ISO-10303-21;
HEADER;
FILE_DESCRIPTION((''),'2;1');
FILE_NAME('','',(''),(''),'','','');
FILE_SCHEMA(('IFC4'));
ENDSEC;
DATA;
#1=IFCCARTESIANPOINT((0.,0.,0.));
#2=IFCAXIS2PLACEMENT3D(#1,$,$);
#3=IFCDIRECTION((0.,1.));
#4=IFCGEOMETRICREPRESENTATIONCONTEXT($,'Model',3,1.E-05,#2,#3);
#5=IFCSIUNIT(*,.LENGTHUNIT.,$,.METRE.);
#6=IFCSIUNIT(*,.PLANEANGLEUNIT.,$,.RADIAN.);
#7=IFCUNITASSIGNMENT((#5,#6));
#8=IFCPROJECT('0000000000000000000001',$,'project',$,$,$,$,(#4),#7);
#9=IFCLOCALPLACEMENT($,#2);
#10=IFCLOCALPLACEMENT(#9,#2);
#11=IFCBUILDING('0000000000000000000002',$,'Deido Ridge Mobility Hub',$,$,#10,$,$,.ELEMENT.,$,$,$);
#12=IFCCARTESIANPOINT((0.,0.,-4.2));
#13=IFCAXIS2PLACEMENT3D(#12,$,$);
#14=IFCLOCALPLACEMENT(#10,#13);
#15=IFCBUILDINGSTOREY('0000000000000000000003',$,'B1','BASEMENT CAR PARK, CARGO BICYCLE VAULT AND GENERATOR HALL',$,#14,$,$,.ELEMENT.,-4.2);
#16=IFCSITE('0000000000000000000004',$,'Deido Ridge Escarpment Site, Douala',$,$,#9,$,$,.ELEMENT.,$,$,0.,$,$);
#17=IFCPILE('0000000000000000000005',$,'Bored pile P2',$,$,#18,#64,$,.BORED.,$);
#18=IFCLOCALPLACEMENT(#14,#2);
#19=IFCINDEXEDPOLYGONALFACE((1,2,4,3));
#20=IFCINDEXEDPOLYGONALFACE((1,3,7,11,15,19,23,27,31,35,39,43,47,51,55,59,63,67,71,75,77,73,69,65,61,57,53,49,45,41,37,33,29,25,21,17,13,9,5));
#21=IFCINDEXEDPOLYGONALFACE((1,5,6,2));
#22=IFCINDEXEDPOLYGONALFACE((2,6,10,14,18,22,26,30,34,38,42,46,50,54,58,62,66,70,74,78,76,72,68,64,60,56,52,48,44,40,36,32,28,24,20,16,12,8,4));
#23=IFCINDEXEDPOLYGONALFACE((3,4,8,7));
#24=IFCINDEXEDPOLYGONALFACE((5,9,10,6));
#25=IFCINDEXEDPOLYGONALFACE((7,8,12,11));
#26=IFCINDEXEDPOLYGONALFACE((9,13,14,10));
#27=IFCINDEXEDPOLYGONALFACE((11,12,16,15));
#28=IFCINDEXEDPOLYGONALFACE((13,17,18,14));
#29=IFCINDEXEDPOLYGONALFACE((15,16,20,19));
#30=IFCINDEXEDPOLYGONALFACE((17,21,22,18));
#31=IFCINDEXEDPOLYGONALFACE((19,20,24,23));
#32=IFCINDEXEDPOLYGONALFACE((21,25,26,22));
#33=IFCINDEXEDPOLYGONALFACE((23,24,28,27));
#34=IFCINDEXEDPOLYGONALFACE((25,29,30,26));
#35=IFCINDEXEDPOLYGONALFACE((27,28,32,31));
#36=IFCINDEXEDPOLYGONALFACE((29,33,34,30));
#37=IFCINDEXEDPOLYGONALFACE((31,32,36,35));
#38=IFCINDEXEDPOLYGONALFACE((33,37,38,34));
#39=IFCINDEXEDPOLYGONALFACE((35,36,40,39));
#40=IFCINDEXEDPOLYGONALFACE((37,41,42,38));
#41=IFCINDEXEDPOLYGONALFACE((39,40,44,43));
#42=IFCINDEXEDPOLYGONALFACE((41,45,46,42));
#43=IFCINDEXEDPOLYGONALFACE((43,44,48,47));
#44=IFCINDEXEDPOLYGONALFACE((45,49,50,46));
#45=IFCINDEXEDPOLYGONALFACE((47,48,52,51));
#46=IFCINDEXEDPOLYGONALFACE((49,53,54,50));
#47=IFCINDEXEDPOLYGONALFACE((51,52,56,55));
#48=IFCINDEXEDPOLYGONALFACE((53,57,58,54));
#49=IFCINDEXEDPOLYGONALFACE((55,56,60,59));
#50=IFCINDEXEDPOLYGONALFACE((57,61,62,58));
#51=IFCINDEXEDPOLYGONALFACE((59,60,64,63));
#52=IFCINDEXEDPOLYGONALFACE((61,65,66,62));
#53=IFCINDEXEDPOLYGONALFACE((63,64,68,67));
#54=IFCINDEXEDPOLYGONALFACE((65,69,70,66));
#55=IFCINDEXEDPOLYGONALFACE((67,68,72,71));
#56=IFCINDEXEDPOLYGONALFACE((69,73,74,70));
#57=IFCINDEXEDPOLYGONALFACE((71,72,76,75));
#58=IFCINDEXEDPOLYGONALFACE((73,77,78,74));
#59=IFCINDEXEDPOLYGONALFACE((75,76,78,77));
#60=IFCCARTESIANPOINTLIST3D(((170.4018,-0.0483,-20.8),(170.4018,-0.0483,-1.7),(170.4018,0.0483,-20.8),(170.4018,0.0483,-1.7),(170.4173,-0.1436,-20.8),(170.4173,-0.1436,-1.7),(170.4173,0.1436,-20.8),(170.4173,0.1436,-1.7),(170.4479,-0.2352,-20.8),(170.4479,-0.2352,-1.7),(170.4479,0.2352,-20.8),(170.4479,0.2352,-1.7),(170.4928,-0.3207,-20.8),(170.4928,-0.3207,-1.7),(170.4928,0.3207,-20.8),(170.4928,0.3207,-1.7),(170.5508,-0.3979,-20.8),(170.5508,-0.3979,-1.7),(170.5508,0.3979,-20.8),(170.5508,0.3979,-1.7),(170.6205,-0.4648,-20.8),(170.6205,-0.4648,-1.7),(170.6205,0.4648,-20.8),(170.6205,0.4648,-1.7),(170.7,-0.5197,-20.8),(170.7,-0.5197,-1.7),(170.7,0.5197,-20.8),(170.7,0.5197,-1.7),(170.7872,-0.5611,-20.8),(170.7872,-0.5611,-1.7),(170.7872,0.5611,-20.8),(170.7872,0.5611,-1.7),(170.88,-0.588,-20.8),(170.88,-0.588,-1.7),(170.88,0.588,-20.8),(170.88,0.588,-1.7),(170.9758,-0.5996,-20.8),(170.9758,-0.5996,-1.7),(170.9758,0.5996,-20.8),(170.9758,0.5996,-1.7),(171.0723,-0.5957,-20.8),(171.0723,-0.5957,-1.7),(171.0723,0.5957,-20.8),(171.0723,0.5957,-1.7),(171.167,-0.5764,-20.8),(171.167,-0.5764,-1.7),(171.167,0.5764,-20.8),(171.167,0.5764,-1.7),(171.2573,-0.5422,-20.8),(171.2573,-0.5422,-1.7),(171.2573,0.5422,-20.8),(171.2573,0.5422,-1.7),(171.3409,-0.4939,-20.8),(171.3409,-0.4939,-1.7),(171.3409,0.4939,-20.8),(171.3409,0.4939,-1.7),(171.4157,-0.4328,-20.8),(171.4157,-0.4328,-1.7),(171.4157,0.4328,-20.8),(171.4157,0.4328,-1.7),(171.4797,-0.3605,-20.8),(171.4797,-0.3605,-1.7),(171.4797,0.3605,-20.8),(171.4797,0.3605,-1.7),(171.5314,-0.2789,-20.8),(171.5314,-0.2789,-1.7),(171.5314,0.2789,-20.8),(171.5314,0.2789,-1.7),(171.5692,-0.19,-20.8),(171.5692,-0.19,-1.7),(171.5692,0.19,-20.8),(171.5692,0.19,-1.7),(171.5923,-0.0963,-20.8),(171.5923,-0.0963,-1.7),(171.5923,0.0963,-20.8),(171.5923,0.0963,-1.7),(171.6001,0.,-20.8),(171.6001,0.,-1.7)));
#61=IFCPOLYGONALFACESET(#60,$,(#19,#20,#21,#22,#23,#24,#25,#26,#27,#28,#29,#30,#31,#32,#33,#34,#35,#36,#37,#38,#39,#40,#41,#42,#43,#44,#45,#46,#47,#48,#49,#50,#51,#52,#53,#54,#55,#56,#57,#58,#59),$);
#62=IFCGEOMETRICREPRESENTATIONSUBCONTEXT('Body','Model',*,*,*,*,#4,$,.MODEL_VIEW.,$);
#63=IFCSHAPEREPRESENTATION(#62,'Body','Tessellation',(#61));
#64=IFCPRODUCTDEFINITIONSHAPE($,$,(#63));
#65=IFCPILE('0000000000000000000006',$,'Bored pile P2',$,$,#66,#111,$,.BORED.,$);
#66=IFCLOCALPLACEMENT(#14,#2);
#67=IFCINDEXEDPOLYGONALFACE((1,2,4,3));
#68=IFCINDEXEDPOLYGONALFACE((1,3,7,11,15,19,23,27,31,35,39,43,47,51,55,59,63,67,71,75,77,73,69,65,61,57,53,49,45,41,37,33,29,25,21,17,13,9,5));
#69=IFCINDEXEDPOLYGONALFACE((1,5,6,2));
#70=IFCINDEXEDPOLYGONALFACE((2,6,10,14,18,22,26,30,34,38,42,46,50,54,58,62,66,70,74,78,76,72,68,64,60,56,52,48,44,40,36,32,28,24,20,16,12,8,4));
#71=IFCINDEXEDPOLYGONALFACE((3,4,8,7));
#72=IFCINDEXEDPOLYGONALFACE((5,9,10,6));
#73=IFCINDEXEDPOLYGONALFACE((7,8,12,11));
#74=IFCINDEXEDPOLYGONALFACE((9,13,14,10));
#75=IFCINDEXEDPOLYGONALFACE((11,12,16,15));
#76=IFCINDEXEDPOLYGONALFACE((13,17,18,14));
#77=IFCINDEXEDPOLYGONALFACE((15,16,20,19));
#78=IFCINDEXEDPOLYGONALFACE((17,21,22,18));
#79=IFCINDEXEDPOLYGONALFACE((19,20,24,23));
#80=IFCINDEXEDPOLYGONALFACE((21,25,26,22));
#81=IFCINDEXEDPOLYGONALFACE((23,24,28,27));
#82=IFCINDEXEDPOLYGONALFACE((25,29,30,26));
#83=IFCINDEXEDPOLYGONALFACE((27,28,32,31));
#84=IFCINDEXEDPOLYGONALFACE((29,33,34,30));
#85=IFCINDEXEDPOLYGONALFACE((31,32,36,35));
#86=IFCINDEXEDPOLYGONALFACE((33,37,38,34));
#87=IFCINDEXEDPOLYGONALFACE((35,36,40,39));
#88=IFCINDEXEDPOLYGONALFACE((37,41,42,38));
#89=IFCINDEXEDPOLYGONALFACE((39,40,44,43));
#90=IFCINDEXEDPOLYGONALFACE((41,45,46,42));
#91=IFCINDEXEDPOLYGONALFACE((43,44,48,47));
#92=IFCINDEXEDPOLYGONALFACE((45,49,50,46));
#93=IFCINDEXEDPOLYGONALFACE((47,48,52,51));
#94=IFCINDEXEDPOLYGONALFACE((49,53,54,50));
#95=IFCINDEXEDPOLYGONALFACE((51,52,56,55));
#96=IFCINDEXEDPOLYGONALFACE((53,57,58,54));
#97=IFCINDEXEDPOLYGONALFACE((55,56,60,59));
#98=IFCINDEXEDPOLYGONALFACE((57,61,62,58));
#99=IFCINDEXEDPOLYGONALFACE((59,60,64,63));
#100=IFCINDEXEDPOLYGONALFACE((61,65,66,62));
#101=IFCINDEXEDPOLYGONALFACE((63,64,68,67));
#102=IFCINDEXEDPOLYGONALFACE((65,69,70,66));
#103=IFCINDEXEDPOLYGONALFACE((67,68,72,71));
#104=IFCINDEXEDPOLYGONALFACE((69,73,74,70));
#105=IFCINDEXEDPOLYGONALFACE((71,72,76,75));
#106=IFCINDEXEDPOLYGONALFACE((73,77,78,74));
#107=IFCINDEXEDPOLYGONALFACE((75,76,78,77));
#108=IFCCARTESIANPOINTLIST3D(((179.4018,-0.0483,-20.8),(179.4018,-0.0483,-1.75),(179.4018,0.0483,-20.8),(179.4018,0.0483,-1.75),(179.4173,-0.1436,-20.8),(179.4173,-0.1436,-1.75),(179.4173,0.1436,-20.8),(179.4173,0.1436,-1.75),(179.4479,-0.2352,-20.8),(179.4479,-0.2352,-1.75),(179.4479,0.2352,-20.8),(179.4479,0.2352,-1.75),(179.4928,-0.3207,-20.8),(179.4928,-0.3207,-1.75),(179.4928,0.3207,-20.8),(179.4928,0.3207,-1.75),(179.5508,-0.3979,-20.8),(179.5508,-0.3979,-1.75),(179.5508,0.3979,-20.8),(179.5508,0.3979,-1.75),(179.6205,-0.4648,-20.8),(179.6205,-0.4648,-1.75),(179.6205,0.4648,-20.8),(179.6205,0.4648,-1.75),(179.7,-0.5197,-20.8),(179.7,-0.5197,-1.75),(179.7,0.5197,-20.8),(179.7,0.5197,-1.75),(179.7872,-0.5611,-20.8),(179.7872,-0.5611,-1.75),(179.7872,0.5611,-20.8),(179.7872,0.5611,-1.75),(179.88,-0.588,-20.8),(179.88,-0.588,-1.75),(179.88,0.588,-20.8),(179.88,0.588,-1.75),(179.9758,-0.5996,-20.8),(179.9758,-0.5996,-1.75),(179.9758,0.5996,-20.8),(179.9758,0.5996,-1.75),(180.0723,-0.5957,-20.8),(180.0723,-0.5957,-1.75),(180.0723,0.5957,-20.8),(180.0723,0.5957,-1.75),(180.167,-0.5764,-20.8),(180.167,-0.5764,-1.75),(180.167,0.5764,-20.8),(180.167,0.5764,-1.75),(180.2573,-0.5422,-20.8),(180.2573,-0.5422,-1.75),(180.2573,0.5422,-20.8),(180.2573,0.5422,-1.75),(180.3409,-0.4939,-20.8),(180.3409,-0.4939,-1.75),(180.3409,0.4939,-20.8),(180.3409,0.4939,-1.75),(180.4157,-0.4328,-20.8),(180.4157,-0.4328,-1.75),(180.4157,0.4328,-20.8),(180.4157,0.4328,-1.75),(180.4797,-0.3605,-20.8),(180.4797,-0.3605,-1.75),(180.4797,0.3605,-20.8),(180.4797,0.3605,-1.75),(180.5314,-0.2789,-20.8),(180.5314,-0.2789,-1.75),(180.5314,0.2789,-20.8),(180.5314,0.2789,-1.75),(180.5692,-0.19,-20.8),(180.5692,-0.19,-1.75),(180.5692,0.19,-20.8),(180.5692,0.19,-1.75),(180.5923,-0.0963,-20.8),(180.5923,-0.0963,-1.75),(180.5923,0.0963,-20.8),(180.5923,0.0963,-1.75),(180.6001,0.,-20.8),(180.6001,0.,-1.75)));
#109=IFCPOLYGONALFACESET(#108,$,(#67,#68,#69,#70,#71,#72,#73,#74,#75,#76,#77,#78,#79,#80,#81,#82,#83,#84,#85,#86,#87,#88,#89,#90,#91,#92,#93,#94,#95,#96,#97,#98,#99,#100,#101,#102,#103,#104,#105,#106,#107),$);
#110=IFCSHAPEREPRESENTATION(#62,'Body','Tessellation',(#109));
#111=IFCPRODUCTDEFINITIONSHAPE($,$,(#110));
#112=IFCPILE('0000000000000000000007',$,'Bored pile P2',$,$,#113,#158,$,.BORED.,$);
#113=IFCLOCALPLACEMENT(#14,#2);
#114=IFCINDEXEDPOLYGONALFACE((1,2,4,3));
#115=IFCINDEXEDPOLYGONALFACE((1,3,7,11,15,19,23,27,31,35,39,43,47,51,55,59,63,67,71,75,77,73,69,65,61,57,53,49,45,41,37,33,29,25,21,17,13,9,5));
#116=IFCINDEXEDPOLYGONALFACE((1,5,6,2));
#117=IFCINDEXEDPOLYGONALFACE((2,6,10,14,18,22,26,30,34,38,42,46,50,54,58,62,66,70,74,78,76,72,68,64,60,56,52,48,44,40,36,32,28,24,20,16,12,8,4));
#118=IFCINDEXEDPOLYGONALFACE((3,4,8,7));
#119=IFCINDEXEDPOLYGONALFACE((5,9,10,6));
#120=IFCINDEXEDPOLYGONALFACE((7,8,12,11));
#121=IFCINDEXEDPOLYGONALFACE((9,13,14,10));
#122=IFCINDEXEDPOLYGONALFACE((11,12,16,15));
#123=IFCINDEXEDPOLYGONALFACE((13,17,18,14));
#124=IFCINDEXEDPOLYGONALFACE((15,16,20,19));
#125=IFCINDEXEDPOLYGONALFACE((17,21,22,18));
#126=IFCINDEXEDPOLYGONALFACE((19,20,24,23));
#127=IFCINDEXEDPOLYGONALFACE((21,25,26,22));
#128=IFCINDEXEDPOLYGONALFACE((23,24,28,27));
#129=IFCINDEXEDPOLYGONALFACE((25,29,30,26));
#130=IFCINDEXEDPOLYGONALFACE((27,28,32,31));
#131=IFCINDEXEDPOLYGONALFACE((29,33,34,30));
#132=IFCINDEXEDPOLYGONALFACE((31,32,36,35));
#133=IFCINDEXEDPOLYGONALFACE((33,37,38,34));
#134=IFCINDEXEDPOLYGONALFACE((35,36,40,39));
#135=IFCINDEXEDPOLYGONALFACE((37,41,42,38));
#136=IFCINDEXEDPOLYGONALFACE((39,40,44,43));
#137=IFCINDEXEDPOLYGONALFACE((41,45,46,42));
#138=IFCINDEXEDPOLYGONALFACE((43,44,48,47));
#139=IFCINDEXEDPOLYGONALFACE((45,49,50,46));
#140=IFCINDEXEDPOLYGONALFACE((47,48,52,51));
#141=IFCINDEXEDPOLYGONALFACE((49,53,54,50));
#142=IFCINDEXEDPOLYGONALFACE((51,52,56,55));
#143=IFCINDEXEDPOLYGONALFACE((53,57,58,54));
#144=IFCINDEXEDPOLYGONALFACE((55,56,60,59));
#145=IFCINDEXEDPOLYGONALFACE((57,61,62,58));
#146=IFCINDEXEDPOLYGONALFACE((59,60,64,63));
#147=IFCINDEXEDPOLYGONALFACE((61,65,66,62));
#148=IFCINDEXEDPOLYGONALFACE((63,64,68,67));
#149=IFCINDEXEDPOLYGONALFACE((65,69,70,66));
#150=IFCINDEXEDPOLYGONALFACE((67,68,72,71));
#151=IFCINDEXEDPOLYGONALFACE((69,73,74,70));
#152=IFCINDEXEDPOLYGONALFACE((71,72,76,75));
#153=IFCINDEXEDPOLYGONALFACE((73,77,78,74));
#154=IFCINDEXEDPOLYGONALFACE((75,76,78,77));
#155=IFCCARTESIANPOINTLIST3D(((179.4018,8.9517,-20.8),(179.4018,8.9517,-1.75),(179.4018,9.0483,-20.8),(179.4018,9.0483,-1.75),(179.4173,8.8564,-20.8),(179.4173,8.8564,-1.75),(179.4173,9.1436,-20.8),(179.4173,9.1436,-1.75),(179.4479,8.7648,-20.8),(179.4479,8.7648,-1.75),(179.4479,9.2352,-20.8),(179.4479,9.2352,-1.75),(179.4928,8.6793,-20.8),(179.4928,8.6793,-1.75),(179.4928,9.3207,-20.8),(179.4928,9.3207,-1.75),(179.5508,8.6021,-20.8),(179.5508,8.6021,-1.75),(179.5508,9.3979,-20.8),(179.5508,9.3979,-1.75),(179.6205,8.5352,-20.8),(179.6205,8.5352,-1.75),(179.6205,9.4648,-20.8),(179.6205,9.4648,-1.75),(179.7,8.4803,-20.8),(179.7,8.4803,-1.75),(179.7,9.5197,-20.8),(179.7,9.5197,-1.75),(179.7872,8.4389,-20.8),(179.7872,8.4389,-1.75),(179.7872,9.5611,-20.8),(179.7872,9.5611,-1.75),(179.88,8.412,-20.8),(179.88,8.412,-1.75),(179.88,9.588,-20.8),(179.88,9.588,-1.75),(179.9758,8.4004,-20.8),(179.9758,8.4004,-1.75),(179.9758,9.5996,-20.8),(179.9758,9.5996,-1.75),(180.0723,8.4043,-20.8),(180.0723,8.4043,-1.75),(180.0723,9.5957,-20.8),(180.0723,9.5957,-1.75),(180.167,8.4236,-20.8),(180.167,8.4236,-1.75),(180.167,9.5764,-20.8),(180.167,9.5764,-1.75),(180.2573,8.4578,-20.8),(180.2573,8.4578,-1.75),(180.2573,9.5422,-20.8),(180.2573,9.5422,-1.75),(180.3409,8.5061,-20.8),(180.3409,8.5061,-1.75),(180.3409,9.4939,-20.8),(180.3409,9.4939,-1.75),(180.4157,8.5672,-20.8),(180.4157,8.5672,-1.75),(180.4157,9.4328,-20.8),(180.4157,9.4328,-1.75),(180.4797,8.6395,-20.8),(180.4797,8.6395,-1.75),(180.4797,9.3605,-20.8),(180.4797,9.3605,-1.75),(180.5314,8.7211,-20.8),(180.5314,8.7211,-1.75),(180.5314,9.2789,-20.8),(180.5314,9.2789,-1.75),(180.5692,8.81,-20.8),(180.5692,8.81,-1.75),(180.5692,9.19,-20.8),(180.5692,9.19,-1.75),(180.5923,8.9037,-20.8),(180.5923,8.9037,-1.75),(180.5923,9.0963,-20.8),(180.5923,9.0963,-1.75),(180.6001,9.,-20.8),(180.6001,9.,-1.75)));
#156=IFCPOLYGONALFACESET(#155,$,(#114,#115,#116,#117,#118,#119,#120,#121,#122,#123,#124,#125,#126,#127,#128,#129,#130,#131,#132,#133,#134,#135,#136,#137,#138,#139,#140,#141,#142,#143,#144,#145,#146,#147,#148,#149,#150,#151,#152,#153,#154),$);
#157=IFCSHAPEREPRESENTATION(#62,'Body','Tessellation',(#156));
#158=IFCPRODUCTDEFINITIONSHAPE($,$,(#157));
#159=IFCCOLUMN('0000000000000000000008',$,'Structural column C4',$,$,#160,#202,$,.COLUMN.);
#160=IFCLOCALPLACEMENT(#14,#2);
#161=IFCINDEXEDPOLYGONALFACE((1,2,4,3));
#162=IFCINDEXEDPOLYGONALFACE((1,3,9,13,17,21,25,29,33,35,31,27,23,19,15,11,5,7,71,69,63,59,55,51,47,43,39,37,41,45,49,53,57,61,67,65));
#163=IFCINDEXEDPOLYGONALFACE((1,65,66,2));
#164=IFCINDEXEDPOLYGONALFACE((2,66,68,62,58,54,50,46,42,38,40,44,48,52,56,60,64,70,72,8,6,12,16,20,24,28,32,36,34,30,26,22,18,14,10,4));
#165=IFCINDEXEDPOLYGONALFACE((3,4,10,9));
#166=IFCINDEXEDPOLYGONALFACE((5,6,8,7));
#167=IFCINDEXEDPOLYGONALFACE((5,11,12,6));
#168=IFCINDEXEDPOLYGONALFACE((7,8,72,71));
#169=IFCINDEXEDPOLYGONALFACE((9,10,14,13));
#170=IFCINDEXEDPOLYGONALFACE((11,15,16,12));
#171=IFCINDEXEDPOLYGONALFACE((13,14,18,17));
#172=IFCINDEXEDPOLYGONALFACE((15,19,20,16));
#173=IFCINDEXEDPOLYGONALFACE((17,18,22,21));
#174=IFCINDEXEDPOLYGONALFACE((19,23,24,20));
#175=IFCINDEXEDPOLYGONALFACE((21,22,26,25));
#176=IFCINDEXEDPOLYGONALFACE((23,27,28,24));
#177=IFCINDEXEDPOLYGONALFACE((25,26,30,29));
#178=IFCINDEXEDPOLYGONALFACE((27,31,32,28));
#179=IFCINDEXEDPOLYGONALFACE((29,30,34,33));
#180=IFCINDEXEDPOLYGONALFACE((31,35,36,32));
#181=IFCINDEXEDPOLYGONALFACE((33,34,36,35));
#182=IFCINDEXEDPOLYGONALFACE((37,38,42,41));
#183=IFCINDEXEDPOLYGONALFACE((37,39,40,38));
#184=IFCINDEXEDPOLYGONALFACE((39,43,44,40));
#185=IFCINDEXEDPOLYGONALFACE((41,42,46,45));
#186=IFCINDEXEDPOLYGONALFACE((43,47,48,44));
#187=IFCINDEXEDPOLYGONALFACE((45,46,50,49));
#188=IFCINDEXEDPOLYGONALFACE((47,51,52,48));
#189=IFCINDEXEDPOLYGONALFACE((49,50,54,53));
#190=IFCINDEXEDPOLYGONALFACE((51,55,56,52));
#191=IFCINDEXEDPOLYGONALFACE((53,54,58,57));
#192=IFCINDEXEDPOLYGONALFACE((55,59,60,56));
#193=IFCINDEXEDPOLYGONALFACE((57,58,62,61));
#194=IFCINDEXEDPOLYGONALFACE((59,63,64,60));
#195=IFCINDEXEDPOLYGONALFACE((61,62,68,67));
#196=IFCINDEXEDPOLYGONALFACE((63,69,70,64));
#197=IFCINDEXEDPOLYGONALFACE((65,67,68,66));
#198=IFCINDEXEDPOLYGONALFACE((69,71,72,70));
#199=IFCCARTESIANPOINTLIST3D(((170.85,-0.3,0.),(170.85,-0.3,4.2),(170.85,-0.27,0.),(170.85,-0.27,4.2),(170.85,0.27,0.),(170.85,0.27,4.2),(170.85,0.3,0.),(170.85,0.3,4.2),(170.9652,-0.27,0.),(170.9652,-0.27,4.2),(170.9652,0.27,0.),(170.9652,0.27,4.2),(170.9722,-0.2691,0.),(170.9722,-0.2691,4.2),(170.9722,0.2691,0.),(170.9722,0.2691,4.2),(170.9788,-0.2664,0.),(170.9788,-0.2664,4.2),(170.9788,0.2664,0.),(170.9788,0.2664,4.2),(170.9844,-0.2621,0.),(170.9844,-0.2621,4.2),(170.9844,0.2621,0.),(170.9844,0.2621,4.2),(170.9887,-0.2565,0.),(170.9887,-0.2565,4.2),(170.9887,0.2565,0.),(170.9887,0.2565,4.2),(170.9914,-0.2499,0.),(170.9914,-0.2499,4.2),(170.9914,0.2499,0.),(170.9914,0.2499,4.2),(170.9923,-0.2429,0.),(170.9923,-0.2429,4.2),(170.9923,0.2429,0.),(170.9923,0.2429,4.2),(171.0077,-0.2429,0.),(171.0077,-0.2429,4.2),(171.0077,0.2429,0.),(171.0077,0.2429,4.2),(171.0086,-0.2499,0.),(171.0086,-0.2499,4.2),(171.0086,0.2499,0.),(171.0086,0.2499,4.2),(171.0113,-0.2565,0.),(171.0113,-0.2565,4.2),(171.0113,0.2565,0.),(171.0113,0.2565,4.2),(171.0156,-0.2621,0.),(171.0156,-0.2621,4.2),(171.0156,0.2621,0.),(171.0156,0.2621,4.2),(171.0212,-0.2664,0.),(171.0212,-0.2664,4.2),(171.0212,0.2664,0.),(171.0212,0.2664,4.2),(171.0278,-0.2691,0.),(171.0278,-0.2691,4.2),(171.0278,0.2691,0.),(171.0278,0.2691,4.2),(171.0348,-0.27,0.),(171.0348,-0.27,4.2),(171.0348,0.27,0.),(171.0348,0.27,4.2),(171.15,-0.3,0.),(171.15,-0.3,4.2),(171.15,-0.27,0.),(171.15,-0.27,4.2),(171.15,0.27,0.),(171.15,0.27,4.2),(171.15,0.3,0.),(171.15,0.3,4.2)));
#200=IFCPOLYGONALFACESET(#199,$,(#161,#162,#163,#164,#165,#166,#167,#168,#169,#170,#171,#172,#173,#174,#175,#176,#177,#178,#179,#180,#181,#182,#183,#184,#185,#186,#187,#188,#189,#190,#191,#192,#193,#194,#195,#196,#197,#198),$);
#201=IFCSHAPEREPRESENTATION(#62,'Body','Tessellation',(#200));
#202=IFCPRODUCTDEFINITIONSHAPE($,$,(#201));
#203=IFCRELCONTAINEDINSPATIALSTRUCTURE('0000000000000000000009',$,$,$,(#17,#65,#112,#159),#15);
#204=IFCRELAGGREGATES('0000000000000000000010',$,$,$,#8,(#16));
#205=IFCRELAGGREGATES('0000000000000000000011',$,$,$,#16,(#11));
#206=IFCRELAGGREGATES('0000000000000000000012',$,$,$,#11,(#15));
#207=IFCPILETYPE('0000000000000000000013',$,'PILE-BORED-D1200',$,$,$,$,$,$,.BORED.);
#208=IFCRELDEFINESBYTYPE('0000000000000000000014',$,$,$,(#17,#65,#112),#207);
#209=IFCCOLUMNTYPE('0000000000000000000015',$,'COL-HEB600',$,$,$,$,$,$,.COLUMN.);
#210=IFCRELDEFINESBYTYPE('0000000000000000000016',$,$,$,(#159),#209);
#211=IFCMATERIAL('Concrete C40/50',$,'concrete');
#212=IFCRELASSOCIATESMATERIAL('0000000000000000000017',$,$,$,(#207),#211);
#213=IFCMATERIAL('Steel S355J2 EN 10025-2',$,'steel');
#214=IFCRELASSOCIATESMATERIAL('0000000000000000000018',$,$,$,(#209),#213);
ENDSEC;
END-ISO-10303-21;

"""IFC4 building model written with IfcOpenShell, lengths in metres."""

from ifc_helpers import new_model, si_unit, direction, frame, origin, origin_2d, place, context, subcontext, project, spatial, circle, i_section, extrude, material, material_profile, profile_set, type_object, element, save


model = new_model("IFC4")

# Units and contexts
model_context = context("Model", 3, precision=1e-05, world=origin(), true_north=direction((0.0, 1.0)))
body_context = subcontext(model_context, "Body", "Model", "MODEL_VIEW")
ifc_project = project(units=[si_unit("LENGTHUNIT", "METRE"), si_unit("PLANEANGLEUNIT", "RADIAN")], contexts=[model_context])

# Site, building, storey
site_placement = place(None, origin())
site = spatial("IfcSite", under=ifc_project, at=site_placement, Name="Deido Ridge Escarpment Site, Douala", CompositionType="ELEMENT", RefElevation=0.0)
building_placement = place(site_placement, origin())
building = spatial("IfcBuilding", under=site, at=building_placement, Name="Deido Ridge Mobility Hub", CompositionType="ELEMENT")
storey_placement = place(building_placement, frame((0.0, 0.0, -4.2)))
storey = spatial("IfcBuildingStorey", under=building, at=storey_placement, Name="B1", Description="BASEMENT CAR PARK, CARGO BICYCLE VAULT AND GENERATOR HALL", CompositionType="ELEMENT", Elevation=-4.2)

# Shared definitions
ifc_material_1 = material(Name="Concrete C40/50", Category="concrete")

# Piles
ifc_material_profile_1 = material_profile(ifc_material_1, circle(Radius=0.6001, at=origin_2d()), Name="BORED PILE D1200")
ifc_profile_set_1 = profile_set([ifc_material_profile_1], Name="Concrete C40/50")
pile_type = type_object("IfcPileType", Name="PILE-BORED-D1200", PredefinedType="BORED", material=ifc_profile_set_1)
pile_placement = place(storey_placement, frame((171.0, 0.0, -1.7), z_axis=(0.0, 0.0, -1.0), x_axis=(1.0, 0.0, 0.0)))
element("IfcPile", 1, at=pile_placement, inside=storey, type_object=pile_type, Name="Bored pile P2", PredefinedType="BORED", context=body_context, shape_type="SweptSolid", body=[
    extrude(circle(Radius=0.6001, at=origin_2d()), origin(), (0.0, 0.0, 1.0), 19.1001),
])
for number, where, z_axis, x_axis, name in (
    (2, (180.0, 0.0, -1.75), (0.0, 0.0, -1.0), (1.0, 0.0, 0.0), "Bored pile P2"),
    (3, (180.0, 9.0, -1.75), (0.0, 0.0, -1.0), (1.0, 0.0, 0.0), "Bored pile P2"),
):
    element("IfcPile", number, at=place(storey_placement, frame(where, z_axis=z_axis, x_axis=x_axis)), inside=storey, type_object=pile_type, Name=name, PredefinedType="BORED", context=body_context, shape_type="SweptSolid", body=[
        extrude(circle(Radius=0.6001, at=origin_2d()), origin(), (0.0, 0.0, 1.0), 19.05),
    ])

# Column
ifc_material_2 = material(Name="Steel S355J2 EN 10025-2", Category="steel")
ifc_material_profile_2 = material_profile(ifc_material_2, i_section(OverallWidth=0.3, OverallDepth=0.6001, WebThickness=0.0154, FlangeThickness=0.03, FilletRadius=0.0271, at=origin_2d()), Name="HEB 600")
ifc_profile_set_2 = profile_set([ifc_material_profile_2], Name="Steel S355J2 EN 10025-2")
column_type = type_object("IfcColumnType", Name="COL-HEB600", PredefinedType="COLUMN", material=ifc_profile_set_2)
for number, where, z_axis, x_axis, name in (
    (4, (171.0, 0.0, 0.0), (0.0, 0.0, 1.0), (1.0, 0.0, 0.0), "Structural column C4"),
):
    element("IfcColumn", number, at=place(storey_placement, frame(where, z_axis=z_axis, x_axis=x_axis)), inside=storey, type_object=column_type, Name=name, PredefinedType="COLUMN", context=body_context, shape_type="SweptSolid", body=[
        extrude(i_section(OverallWidth=0.3, OverallDepth=0.6001, WebThickness=0.0154, FlangeThickness=0.03, FilletRadius=0.0271, at=origin_2d()), origin(), (0.0, 0.0, 1.0), 4.2),
    ])

save(model, "model.ifc")
